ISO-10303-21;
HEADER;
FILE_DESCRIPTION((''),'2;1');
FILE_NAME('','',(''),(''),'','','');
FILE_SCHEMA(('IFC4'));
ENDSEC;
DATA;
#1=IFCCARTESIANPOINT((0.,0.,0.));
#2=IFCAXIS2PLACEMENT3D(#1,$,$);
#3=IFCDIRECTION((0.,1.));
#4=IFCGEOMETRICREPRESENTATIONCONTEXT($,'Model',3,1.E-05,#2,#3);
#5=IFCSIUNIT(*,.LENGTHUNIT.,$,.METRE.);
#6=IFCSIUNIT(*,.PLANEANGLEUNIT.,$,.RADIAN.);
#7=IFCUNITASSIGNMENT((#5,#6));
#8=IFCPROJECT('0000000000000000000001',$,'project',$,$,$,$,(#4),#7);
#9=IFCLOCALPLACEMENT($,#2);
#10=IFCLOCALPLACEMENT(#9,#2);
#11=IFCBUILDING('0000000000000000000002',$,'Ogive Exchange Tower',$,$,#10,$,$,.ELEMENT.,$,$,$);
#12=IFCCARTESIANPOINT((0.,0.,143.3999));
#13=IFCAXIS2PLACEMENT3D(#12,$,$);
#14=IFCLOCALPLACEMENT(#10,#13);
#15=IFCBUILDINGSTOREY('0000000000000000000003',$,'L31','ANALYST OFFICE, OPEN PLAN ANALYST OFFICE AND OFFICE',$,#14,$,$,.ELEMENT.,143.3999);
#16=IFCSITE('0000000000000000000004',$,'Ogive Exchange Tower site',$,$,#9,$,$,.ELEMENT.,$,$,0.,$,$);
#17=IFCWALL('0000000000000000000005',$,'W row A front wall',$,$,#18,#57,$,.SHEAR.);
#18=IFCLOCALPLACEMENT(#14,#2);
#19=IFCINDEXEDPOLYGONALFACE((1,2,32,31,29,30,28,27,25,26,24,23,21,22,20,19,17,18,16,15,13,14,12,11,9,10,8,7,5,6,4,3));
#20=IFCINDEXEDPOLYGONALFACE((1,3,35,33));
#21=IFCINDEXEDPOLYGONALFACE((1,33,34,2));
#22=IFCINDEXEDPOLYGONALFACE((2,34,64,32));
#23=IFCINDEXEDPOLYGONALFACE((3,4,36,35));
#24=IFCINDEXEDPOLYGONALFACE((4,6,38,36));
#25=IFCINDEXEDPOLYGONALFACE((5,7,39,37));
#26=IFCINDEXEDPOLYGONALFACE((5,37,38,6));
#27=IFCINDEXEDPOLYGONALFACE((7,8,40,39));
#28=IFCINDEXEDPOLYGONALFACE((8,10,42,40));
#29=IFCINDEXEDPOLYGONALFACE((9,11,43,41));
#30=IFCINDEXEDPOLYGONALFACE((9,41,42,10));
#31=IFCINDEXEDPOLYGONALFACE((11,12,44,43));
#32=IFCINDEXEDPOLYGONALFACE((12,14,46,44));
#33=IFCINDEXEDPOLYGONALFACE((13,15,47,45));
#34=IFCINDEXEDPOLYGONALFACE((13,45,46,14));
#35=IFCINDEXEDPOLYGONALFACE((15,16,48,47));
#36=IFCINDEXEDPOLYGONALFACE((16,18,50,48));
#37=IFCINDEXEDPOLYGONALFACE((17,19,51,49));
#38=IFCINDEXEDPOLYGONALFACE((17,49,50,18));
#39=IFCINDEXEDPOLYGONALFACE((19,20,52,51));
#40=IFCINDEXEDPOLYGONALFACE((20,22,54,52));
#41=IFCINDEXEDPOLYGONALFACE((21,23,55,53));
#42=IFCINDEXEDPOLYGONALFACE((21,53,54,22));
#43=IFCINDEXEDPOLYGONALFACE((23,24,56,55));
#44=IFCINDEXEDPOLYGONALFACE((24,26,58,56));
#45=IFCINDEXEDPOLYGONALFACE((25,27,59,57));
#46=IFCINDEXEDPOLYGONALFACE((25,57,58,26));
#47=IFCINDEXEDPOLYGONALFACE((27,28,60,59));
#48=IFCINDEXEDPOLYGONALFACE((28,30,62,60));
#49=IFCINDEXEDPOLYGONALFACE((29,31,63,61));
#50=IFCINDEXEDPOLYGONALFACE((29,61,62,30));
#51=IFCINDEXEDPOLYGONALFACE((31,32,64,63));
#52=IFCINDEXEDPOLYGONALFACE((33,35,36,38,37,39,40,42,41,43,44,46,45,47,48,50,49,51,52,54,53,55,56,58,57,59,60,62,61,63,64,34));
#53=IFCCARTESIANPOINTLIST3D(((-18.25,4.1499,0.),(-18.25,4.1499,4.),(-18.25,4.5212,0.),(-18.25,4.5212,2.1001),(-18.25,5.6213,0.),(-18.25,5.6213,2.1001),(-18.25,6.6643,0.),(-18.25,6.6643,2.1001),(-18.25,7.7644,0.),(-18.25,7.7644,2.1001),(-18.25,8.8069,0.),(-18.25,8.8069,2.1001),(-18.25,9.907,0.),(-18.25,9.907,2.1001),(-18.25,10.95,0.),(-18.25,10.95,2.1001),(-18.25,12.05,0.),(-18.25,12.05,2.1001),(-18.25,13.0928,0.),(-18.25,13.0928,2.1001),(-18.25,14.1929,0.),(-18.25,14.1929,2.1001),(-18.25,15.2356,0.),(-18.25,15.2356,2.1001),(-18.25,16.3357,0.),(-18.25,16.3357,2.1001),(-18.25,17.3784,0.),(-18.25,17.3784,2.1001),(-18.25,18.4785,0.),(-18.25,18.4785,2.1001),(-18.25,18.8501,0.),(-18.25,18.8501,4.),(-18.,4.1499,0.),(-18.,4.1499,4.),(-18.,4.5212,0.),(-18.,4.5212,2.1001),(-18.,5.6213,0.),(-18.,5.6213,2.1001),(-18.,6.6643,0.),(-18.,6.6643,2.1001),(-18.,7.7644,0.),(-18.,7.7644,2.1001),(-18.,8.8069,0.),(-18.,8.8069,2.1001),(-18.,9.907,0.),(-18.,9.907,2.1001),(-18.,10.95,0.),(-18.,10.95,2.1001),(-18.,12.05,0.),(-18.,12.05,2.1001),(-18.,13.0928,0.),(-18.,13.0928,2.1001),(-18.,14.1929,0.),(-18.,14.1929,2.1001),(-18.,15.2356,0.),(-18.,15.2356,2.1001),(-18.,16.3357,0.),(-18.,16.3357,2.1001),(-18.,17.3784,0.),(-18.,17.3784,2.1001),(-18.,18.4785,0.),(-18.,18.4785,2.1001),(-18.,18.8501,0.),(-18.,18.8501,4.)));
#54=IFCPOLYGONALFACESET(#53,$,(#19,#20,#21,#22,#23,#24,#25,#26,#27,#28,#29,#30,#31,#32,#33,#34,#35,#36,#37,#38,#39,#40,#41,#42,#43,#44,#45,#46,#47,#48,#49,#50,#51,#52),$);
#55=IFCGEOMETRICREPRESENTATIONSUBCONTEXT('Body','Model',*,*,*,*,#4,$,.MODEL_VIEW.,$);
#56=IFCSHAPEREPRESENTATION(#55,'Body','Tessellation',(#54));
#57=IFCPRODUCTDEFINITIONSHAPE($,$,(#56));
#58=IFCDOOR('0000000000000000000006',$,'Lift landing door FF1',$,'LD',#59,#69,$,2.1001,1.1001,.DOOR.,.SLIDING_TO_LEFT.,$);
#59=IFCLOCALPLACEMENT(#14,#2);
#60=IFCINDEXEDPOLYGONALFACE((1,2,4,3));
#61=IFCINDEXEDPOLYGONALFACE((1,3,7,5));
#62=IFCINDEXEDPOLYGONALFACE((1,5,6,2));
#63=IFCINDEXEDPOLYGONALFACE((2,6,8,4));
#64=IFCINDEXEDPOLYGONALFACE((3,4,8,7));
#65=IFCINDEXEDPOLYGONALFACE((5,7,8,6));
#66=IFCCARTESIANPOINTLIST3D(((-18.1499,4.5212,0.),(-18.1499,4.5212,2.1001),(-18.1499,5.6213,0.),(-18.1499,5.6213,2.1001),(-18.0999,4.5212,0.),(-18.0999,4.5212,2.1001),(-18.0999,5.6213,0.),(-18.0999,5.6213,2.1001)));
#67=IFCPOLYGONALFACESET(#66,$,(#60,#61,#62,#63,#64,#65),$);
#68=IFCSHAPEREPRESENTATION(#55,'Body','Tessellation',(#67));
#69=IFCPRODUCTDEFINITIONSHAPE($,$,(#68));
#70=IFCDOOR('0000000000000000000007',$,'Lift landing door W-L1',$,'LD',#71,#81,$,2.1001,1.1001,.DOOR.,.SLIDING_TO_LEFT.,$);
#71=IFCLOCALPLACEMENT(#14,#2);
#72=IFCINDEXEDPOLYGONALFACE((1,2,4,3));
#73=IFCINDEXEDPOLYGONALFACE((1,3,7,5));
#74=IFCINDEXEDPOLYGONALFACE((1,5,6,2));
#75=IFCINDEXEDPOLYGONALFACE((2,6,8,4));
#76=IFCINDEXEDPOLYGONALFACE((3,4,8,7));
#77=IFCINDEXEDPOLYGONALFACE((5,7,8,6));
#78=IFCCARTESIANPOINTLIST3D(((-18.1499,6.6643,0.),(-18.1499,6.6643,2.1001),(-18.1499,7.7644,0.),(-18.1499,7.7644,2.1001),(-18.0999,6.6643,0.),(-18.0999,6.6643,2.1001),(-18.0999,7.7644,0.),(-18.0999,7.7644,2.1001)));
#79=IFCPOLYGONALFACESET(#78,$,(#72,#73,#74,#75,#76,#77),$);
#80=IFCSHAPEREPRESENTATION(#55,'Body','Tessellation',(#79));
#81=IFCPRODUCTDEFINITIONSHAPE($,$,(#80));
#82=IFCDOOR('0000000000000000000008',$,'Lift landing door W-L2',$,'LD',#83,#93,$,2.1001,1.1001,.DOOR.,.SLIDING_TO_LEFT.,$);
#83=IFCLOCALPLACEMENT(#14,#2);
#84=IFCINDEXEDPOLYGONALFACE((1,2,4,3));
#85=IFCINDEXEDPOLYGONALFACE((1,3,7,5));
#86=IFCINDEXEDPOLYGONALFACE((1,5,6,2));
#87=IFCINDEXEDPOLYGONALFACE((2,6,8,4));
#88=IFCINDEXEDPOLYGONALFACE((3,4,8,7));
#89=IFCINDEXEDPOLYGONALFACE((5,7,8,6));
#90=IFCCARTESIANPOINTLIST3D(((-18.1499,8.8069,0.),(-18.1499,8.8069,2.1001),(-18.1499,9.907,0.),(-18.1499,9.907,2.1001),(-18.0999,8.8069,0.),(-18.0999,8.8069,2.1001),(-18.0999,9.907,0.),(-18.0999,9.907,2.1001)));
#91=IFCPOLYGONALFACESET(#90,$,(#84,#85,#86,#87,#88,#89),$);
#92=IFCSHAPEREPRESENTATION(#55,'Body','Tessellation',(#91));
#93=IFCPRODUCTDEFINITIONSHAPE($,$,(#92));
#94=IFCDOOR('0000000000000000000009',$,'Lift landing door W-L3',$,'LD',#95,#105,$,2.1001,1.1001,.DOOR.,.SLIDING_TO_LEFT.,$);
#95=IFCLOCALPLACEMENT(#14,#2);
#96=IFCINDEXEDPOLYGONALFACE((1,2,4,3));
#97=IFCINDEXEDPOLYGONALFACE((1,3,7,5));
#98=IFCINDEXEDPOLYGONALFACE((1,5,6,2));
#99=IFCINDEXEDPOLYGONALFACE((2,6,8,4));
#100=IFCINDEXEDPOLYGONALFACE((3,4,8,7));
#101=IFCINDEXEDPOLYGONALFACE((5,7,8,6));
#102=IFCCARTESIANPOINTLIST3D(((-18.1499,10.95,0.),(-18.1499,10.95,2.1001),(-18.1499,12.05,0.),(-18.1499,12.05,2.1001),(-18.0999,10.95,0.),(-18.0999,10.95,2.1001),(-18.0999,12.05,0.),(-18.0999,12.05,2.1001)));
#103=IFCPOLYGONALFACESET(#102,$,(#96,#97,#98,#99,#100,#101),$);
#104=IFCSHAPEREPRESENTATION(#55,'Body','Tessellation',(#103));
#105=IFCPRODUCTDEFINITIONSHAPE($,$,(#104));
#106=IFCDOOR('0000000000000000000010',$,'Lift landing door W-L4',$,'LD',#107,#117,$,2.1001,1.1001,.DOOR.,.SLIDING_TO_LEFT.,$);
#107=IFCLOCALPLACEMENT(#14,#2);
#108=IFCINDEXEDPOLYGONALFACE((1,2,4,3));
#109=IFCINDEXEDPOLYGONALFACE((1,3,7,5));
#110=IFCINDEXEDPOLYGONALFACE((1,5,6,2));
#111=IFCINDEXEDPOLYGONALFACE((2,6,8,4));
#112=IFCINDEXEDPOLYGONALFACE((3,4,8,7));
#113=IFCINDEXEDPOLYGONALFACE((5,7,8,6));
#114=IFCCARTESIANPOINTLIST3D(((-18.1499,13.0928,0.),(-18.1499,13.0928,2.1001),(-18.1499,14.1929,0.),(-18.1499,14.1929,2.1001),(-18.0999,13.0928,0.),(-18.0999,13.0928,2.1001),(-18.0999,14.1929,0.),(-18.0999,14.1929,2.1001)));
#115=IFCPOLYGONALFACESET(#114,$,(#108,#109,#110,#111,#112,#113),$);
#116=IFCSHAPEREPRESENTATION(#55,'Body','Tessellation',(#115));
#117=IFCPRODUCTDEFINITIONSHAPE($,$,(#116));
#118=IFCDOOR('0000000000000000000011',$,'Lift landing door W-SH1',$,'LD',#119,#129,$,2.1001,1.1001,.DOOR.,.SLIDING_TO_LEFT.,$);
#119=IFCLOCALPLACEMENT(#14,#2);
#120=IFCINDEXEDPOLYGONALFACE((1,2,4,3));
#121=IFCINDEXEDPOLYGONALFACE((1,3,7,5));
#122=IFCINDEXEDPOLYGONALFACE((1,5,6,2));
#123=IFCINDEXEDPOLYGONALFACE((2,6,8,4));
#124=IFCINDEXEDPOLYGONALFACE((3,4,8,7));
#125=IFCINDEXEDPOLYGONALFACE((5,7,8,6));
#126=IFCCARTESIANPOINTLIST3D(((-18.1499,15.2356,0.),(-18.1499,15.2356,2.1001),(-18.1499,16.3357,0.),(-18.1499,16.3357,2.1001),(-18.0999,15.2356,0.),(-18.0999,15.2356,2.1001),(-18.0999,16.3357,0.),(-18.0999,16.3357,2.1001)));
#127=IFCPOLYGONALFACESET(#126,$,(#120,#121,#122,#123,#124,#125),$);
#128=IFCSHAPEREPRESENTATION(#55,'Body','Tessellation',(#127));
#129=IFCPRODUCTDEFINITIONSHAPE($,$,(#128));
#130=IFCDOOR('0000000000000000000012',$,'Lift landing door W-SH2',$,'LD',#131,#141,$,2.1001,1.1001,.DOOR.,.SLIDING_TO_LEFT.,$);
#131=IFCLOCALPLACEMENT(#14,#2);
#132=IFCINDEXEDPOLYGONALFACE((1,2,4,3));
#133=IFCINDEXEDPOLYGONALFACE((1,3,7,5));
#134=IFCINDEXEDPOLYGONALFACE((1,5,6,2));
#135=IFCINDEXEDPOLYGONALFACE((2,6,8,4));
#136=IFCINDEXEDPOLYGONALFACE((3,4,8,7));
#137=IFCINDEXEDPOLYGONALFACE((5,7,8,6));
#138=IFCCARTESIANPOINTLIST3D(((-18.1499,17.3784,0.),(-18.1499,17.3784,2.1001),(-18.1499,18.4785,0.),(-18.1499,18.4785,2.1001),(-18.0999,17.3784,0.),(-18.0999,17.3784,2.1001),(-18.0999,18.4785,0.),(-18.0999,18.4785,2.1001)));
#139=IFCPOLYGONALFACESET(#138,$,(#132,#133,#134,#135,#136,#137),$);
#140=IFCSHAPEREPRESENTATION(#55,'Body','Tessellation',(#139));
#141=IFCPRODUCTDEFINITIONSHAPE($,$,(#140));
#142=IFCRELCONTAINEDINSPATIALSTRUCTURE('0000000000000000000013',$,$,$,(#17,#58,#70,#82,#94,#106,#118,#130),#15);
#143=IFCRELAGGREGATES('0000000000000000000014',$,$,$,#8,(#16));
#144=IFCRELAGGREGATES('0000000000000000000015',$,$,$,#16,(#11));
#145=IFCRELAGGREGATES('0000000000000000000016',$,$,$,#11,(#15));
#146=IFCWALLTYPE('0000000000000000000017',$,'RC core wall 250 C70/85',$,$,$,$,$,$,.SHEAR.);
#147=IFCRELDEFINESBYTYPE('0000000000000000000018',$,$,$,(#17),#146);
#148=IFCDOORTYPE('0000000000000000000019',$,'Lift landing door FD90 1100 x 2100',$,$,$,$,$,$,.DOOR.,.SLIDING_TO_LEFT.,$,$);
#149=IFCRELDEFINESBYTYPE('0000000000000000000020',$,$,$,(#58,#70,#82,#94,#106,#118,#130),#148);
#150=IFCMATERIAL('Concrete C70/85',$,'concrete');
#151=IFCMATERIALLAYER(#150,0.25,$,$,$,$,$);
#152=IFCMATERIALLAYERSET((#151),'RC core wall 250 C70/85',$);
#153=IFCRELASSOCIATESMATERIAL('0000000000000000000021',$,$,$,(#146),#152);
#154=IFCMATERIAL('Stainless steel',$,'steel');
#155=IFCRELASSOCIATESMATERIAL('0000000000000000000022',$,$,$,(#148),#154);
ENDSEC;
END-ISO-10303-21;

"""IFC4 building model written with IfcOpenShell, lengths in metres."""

from ifc_helpers import new_model, si_unit, direction, frame, frame_2d, origin, place, context, subcontext, project, spatial, rectangle, extrude, material, layer, layer_set, type_object, element, fill, save


model = new_model("IFC4")

# Units and contexts
model_context = context("Model", 3, precision=1e-05, world=origin(), true_north=direction((0.0, 1.0)))
body_context = subcontext(model_context, "Body", "Model", "MODEL_VIEW")
ifc_project = project(units=[si_unit("LENGTHUNIT", "METRE"), si_unit("PLANEANGLEUNIT", "RADIAN")], contexts=[model_context])

# Site, building, storey
site_placement = place(None, origin())
site = spatial("IfcSite", under=ifc_project, at=site_placement, Name="Ogive Exchange Tower site", CompositionType="ELEMENT", RefElevation=0.0)
building_placement = place(site_placement, origin())
building = spatial("IfcBuilding", under=site, at=building_placement, Name="Ogive Exchange Tower", CompositionType="ELEMENT")
storey_placement = place(building_placement, frame((0.0, 0.0, 143.3999)))
storey = spatial("IfcBuildingStorey", under=building, at=storey_placement, Name="L31", Description="ANALYST OFFICE, OPEN PLAN ANALYST OFFICE AND OFFICE", CompositionType="ELEMENT", Elevation=143.3999)

# Shared definitions
ifc_material_1 = material(Name="Concrete C70/85", Category="concrete")
ifc_layer_1 = layer(ifc_material_1, 0.25)
ifc_layer_set_1 = layer_set([ifc_layer_1], Name="RC core wall 250 C70/85")
wall_type_1 = type_object("IfcWallType", Name="RC core wall 250 C70/85", PredefinedType="SHEAR", material=ifc_layer_set_1)

# Wall, openings, doors
wall_1_placement = place(storey_placement, frame((-18.125, 4.1499, 0.0), z_axis=(0.0, 0.0, 1.0), x_axis=(0.0, 1.0, 0.0)))
wall_1 = element("IfcWall", 1, at=wall_1_placement, inside=storey, type_object=wall_type_1, Name="W row A front wall", PredefinedType="SHEAR", context=body_context, shape_type="SweptSolid", body=[
    extrude(rectangle(XDim=14.7002, YDim=0.25, at=frame_2d((7.3501, 0.0))), origin(), (0.0, 0.0, 1.0), 4.0),
])
opening_1_placement = place(wall_1_placement, frame((0.3713, 0.0, 0.0)))
opening_1 = element("IfcOpeningElement", 2, at=opening_1_placement, cuts=wall_1, PredefinedType="OPENING", context=body_context, shape_type="SweptSolid", body=[
    extrude(rectangle(XDim=1.1001, YDim=2.1001, at=frame_2d((0.55, 1.05))), frame((0.0, 0.135, 0.0), z_axis=(0.0, -1.0, 0.0), x_axis=(1.0, 0.0, 0.0)), (0.0, 0.0, 1.0), 0.27),
])
opening_2_placement = place(wall_1_placement, frame((2.5144, 0.0, 0.0)))
opening_2 = element("IfcOpeningElement", 3, at=opening_2_placement, cuts=wall_1, PredefinedType="OPENING", context=body_context, shape_type="SweptSolid", body=[
    extrude(rectangle(XDim=1.1001, YDim=2.1001, at=frame_2d((0.55, 1.05))), frame((0.0, 0.135, 0.0), z_axis=(0.0, -1.0, 0.0), x_axis=(1.0, 0.0, 0.0)), (0.0, 0.0, 1.0), 0.27),
])
opening_3_placement = place(wall_1_placement, frame((4.657, 0.0, 0.0)))
opening_3 = element("IfcOpeningElement", 4, at=opening_3_placement, cuts=wall_1, PredefinedType="OPENING", context=body_context, shape_type="SweptSolid", body=[
    extrude(rectangle(XDim=1.1001, YDim=2.1001, at=frame_2d((0.55, 1.05))), frame((0.0, 0.135, 0.0), z_axis=(0.0, -1.0, 0.0), x_axis=(1.0, 0.0, 0.0)), (0.0, 0.0, 1.0), 0.27),
])
opening_4_placement = place(wall_1_placement, frame((6.8, 0.0, 0.0)))
opening_4 = element("IfcOpeningElement", 5, at=opening_4_placement, cuts=wall_1, PredefinedType="OPENING", context=body_context, shape_type="SweptSolid", body=[
    extrude(rectangle(XDim=1.1001, YDim=2.1001, at=frame_2d((0.55, 1.05))), frame((0.0, 0.135, 0.0), z_axis=(0.0, -1.0, 0.0), x_axis=(1.0, 0.0, 0.0)), (0.0, 0.0, 1.0), 0.27),
])
opening_5_placement = place(wall_1_placement, frame((8.9429, 0.0, 0.0)))
opening_5 = element("IfcOpeningElement", 6, at=opening_5_placement, cuts=wall_1, PredefinedType="OPENING", context=body_context, shape_type="SweptSolid", body=[
    extrude(rectangle(XDim=1.1001, YDim=2.1001, at=frame_2d((0.55, 1.05))), frame((0.0, 0.135, 0.0), z_axis=(0.0, -1.0, 0.0), x_axis=(1.0, 0.0, 0.0)), (0.0, 0.0, 1.0), 0.27),
])
opening_6_placement = place(wall_1_placement, frame((11.0857, 0.0, 0.0)))
opening_6 = element("IfcOpeningElement", 7, at=opening_6_placement, cuts=wall_1, PredefinedType="OPENING", context=body_context, shape_type="SweptSolid", body=[
    extrude(rectangle(XDim=1.1001, YDim=2.1001, at=frame_2d((0.55, 1.05))), frame((0.0, 0.135, 0.0), z_axis=(0.0, -1.0, 0.0), x_axis=(1.0, 0.0, 0.0)), (0.0, 0.0, 1.0), 0.27),
])
opening_7_placement = place(wall_1_placement, frame((13.2285, 0.0, 0.0)))
opening_7 = element("IfcOpeningElement", 8, at=opening_7_placement, cuts=wall_1, PredefinedType="OPENING", context=body_context, shape_type="SweptSolid", body=[
    extrude(rectangle(XDim=1.1001, YDim=2.1001, at=frame_2d((0.55, 1.05))), frame((0.0, 0.135, 0.0), z_axis=(0.0, -1.0, 0.0), x_axis=(1.0, 0.0, 0.0)), (0.0, 0.0, 1.0), 0.27),
])
ifc_material_2 = material(Name="Stainless steel", Category="steel")
door_type_1 = type_object("IfcDoorType", Name="Lift landing door FD90 1100 x 2100", OperationType="SLIDING_TO_LEFT", PredefinedType="DOOR", material=ifc_material_2)
door_1_placement = place(opening_1_placement, origin())
door_1 = element("IfcDoor", 9, at=door_1_placement, inside=storey, type_object=door_type_1, Name="Lift landing door FF1", ObjectType="LD", OperationType="SLIDING_TO_LEFT", OverallHeight=2.1001, OverallWidth=1.1001, PredefinedType="DOOR", context=body_context, shape_type="SweptSolid", body=[
    extrude(rectangle(XDim=1.1001, YDim=2.1001, at=frame_2d((0.55, 1.05))), frame((0.0, 0.0249, 0.0), z_axis=(0.0, -1.0, 0.0), x_axis=(1.0, 0.0, 0.0)), (0.0, 0.0, 1.0), 0.05),
])
fill(opening_1, door_1)
door_2_placement = place(opening_2_placement, origin())
door_2 = element("IfcDoor", 10, at=door_2_placement, inside=storey, type_object=door_type_1, Name="Lift landing door W-L1", ObjectType="LD", OperationType="SLIDING_TO_LEFT", OverallHeight=2.1001, OverallWidth=1.1001, PredefinedType="DOOR", context=body_context, shape_type="SweptSolid", body=[
    extrude(rectangle(XDim=1.1001, YDim=2.1001, at=frame_2d((0.55, 1.05))), frame((0.0, 0.0249, 0.0), z_axis=(0.0, -1.0, 0.0), x_axis=(1.0, 0.0, 0.0)), (0.0, 0.0, 1.0), 0.05),
])
fill(opening_2, door_2)
door_3_placement = place(opening_3_placement, origin())
door_3 = element("IfcDoor", 11, at=door_3_placement, inside=storey, type_object=door_type_1, Name="Lift landing door W-L2", ObjectType="LD", OperationType="SLIDING_TO_LEFT", OverallHeight=2.1001, OverallWidth=1.1001, PredefinedType="DOOR", context=body_context, shape_type="SweptSolid", body=[
    extrude(rectangle(XDim=1.1001, YDim=2.1001, at=frame_2d((0.55, 1.05))), frame((0.0, 0.0249, 0.0), z_axis=(0.0, -1.0, 0.0), x_axis=(1.0, 0.0, 0.0)), (0.0, 0.0, 1.0), 0.05),
])
fill(opening_3, door_3)
door_4_placement = place(opening_4_placement, origin())
door_4 = element("IfcDoor", 12, at=door_4_placement, inside=storey, type_object=door_type_1, Name="Lift landing door W-L3", ObjectType="LD", OperationType="SLIDING_TO_LEFT", OverallHeight=2.1001, OverallWidth=1.1001, PredefinedType="DOOR", context=body_context, shape_type="SweptSolid", body=[
    extrude(rectangle(XDim=1.1001, YDim=2.1001, at=frame_2d((0.55, 1.05))), frame((0.0, 0.0249, 0.0), z_axis=(0.0, -1.0, 0.0), x_axis=(1.0, 0.0, 0.0)), (0.0, 0.0, 1.0), 0.05),
])
fill(opening_4, door_4)
door_5_placement = place(opening_5_placement, origin())
door_5 = element("IfcDoor", 13, at=door_5_placement, inside=storey, type_object=door_type_1, Name="Lift landing door W-L4", ObjectType="LD", OperationType="SLIDING_TO_LEFT", OverallHeight=2.1001, OverallWidth=1.1001, PredefinedType="DOOR", context=body_context, shape_type="SweptSolid", body=[
    extrude(rectangle(XDim=1.1001, YDim=2.1001, at=frame_2d((0.55, 1.05))), frame((0.0, 0.0249, 0.0), z_axis=(0.0, -1.0, 0.0), x_axis=(1.0, 0.0, 0.0)), (0.0, 0.0, 1.0), 0.05),
])
fill(opening_5, door_5)
door_6_placement = place(opening_6_placement, origin())
door_6 = element("IfcDoor", 14, at=door_6_placement, inside=storey, type_object=door_type_1, Name="Lift landing door W-SH1", ObjectType="LD", OperationType="SLIDING_TO_LEFT", OverallHeight=2.1001, OverallWidth=1.1001, PredefinedType="DOOR", context=body_context, shape_type="SweptSolid", body=[
    extrude(rectangle(XDim=1.1001, YDim=2.1001, at=frame_2d((0.55, 1.05))), frame((0.0, 0.0249, 0.0), z_axis=(0.0, -1.0, 0.0), x_axis=(1.0, 0.0, 0.0)), (0.0, 0.0, 1.0), 0.05),
])
fill(opening_6, door_6)
door_7_placement = place(opening_7_placement, origin())
door_7 = element("IfcDoor", 15, at=door_7_placement, inside=storey, type_object=door_type_1, Name="Lift landing door W-SH2", ObjectType="LD", OperationType="SLIDING_TO_LEFT", OverallHeight=2.1001, OverallWidth=1.1001, PredefinedType="DOOR", context=body_context, shape_type="SweptSolid", body=[
    extrude(rectangle(XDim=1.1001, YDim=2.1001, at=frame_2d((0.55, 1.05))), frame((0.0, 0.0249, 0.0), z_axis=(0.0, -1.0, 0.0), x_axis=(1.0, 0.0, 0.0)), (0.0, 0.0, 1.0), 0.05),
])
fill(opening_7, door_7)

save(model, "model.ifc")
